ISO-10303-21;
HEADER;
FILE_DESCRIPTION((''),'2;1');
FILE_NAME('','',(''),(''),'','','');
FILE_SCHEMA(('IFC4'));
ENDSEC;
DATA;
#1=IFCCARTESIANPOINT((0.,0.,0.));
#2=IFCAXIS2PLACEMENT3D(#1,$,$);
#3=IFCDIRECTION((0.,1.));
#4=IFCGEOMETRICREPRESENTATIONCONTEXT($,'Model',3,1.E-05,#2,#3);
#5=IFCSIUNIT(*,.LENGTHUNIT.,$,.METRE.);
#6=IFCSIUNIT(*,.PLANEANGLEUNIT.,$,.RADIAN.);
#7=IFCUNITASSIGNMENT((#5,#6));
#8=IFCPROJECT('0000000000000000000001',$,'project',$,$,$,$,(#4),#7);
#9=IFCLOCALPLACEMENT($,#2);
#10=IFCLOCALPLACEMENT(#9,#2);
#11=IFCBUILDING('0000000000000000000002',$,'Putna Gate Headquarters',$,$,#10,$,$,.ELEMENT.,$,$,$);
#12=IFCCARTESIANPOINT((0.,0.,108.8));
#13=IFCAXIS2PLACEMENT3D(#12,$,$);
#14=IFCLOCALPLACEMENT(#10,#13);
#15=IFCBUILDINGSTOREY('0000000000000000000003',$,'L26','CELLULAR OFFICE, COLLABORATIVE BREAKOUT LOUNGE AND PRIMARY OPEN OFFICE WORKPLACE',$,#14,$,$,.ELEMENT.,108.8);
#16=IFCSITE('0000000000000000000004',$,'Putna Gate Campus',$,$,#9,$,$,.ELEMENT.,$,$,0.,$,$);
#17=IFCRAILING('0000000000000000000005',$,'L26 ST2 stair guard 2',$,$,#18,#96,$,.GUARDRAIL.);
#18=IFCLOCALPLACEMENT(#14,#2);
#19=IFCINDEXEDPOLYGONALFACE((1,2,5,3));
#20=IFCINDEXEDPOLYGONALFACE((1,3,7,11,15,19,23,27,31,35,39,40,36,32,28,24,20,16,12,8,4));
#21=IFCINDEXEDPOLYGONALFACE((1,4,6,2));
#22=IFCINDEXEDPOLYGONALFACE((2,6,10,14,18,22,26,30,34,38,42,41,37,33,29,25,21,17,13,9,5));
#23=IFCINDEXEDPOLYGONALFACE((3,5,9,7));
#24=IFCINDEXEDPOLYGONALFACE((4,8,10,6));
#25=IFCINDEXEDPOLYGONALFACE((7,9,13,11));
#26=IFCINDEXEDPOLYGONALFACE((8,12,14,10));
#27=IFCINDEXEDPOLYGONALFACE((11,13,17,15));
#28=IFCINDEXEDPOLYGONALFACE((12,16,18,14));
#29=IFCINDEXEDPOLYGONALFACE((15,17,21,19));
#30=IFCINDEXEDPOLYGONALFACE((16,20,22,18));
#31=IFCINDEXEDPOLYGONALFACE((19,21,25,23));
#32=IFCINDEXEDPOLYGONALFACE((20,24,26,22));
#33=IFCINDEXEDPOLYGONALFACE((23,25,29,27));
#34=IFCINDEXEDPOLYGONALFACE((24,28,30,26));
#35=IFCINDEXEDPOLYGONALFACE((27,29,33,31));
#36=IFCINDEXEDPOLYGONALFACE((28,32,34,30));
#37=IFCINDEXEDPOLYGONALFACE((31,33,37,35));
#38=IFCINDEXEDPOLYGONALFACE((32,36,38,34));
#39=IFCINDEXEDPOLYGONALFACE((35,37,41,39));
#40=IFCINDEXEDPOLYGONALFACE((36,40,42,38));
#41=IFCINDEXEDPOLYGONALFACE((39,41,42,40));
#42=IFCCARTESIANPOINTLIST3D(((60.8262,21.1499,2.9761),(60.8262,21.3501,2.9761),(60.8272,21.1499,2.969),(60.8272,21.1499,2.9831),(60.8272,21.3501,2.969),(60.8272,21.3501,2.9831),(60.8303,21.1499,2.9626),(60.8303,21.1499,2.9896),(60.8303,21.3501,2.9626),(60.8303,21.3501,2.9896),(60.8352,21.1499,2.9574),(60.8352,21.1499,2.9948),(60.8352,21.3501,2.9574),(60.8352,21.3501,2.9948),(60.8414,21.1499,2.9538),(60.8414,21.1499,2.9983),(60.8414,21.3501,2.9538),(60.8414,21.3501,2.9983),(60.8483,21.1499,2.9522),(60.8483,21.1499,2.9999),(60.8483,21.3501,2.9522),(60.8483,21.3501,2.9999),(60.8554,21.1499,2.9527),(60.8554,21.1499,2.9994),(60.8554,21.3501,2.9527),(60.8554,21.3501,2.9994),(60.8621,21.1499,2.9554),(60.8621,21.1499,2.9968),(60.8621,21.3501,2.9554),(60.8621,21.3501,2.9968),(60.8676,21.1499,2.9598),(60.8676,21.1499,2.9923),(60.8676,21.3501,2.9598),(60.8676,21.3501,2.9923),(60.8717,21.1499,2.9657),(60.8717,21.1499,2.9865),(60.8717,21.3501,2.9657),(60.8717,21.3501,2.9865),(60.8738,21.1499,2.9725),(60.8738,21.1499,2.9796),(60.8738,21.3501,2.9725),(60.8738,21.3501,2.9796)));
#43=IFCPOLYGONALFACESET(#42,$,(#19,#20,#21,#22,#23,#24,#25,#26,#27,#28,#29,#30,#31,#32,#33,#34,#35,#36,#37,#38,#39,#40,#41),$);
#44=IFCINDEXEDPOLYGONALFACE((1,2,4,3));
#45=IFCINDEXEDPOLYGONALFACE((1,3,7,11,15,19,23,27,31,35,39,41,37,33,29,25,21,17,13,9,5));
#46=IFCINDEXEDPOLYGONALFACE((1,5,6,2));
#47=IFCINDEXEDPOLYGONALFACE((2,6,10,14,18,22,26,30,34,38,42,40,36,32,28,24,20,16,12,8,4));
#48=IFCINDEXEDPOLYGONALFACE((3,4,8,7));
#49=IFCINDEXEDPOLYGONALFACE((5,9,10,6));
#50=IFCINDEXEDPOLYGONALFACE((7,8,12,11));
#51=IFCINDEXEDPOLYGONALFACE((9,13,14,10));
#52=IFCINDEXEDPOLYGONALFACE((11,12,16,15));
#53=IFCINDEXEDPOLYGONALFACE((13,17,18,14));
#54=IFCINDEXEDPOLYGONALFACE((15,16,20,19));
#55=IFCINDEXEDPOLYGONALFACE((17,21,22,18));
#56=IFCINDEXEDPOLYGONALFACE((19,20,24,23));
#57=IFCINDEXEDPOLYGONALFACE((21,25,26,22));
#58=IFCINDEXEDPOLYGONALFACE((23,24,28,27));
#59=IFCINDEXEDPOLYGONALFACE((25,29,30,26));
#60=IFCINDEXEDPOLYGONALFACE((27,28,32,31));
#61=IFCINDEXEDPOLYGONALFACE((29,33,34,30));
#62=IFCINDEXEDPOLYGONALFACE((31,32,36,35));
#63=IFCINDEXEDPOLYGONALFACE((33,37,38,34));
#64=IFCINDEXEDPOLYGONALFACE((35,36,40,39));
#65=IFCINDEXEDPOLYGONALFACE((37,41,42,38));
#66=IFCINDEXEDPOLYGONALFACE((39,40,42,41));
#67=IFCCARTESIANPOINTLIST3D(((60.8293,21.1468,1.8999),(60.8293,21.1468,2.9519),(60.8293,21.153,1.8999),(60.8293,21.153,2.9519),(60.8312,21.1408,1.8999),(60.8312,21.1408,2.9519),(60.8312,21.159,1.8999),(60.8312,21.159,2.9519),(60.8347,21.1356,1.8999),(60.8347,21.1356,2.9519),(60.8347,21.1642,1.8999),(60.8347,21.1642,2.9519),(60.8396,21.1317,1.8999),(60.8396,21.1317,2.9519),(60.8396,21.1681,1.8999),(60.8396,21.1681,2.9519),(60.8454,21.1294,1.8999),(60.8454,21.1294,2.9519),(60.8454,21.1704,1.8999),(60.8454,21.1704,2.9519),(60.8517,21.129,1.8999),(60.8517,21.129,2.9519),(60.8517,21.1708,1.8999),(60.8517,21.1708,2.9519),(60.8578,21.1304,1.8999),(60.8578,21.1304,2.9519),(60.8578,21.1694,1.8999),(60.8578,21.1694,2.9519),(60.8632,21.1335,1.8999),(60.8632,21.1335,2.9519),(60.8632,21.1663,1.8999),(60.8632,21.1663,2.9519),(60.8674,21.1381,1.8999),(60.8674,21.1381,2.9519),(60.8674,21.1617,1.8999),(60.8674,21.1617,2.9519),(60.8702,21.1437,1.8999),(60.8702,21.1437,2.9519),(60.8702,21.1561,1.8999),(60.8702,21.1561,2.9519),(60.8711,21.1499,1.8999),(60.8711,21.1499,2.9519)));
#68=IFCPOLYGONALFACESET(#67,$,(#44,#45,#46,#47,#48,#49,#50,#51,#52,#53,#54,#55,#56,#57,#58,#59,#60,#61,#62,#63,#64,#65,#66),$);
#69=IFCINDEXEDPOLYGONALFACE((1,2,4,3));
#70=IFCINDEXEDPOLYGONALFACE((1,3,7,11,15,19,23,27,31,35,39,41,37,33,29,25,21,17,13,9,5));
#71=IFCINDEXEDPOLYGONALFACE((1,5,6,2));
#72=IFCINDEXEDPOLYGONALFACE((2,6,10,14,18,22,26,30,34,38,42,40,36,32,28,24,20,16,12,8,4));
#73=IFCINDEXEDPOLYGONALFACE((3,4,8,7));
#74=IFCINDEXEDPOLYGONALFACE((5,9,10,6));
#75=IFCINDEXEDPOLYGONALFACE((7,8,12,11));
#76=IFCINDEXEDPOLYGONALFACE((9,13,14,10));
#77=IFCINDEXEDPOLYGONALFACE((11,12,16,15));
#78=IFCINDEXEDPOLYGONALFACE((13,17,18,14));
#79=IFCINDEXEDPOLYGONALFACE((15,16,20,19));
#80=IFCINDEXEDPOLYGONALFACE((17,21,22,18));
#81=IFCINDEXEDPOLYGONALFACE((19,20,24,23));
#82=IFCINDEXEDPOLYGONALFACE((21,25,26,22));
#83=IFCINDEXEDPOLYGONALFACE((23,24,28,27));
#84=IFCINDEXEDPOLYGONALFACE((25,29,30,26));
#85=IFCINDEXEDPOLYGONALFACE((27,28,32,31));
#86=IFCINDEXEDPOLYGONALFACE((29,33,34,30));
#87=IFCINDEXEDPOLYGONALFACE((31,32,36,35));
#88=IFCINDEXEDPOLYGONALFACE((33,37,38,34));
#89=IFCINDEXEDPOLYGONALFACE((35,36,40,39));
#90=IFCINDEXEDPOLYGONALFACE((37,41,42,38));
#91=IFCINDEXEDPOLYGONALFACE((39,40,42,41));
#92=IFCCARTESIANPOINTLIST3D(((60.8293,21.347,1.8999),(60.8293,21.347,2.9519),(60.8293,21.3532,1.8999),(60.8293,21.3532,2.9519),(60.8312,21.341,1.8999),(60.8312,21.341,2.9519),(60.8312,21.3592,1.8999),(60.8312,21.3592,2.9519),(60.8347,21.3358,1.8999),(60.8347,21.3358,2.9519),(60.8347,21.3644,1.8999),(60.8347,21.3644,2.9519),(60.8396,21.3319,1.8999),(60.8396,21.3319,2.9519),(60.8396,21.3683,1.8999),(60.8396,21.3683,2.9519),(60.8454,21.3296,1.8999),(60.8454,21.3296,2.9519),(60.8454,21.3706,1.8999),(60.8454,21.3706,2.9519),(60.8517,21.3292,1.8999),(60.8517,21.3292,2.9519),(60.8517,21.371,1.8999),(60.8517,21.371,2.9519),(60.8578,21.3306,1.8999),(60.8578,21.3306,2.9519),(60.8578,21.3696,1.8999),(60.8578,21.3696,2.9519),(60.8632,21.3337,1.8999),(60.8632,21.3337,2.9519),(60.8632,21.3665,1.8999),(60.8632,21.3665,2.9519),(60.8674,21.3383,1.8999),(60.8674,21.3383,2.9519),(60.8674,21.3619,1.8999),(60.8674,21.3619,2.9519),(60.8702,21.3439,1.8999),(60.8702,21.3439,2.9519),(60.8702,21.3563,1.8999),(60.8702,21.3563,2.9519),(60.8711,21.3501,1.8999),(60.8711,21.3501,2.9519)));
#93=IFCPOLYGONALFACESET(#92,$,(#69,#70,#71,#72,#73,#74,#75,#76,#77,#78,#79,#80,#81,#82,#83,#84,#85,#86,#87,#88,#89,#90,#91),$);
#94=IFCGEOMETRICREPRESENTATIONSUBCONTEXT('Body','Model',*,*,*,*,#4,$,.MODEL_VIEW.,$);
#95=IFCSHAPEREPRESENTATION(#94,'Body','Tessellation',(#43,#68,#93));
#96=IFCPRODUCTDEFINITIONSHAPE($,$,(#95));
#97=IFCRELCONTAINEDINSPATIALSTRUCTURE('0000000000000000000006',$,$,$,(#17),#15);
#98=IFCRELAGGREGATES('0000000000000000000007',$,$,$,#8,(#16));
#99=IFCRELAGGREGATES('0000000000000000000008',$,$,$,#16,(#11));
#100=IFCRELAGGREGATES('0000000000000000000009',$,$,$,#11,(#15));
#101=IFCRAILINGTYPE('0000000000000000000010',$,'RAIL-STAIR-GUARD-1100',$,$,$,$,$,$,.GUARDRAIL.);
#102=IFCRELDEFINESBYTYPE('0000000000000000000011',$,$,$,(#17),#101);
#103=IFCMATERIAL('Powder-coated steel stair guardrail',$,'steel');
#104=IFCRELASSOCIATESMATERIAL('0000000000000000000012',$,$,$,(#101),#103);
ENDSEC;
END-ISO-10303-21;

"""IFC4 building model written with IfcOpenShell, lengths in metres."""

from ifc_helpers import new_model, si_unit, direction, frame, origin, origin_2d, place, context, subcontext, project, spatial, circle, extrude, material, type_object, element, save


model = new_model("IFC4")

# Units and contexts
model_context = context("Model", 3, precision=1e-05, world=origin(), true_north=direction((0.0, 1.0)))
body_context = subcontext(model_context, "Body", "Model", "MODEL_VIEW")
ifc_project = project(units=[si_unit("LENGTHUNIT", "METRE"), si_unit("PLANEANGLEUNIT", "RADIAN")], contexts=[model_context])

# Site, building, storey
site_placement = place(None, origin())
site = spatial("IfcSite", under=ifc_project, at=site_placement, Name="Putna Gate Campus", CompositionType="ELEMENT", RefElevation=0.0)
building_placement = place(site_placement, origin())
building = spatial("IfcBuilding", under=site, at=building_placement, Name="Putna Gate Headquarters", CompositionType="ELEMENT")
storey_placement = place(building_placement, frame((0.0, 0.0, 108.8)))
storey = spatial("IfcBuildingStorey", under=building, at=storey_placement, Name="L26", Description="CELLULAR OFFICE, COLLABORATIVE BREAKOUT LOUNGE AND PRIMARY OPEN OFFICE WORKPLACE", CompositionType="ELEMENT", Elevation=108.8)

# Railing
ifc_material_1 = material(Name="Powder-coated steel stair guardrail", Category="steel")
railing_type_1 = type_object("IfcRailingType", Name="RAIL-STAIR-GUARD-1100", PredefinedType="GUARDRAIL", material=ifc_material_1)
railing_1_placement = place(storey_placement, frame((60.8501, 21.1499, 1.8999)))
element("IfcRailing", 1, at=railing_1_placement, inside=storey, type_object=railing_type_1, Name="L26 ST2 stair guard 2", PredefinedType="GUARDRAIL", context=body_context, shape_type="SweptSolid", body=[
    extrude(circle(Radius=0.0239, at=origin_2d()), frame((0.0, 0.0, 1.0762), z_axis=(0.0, 1.0, 0.0), x_axis=(-1.0, 0.0, 0.0)), (0.0, 0.0, 1.0), 0.2002),
    extrude(circle(Radius=0.021, at=origin_2d()), origin(), (0.0, 0.0, 1.0), 1.052),
    extrude(circle(Radius=0.021, at=origin_2d()), frame((0.0, 0.2002, 0.0)), (0.0, 0.0, 1.0), 1.052),
])

save(model, "model.ifc")
